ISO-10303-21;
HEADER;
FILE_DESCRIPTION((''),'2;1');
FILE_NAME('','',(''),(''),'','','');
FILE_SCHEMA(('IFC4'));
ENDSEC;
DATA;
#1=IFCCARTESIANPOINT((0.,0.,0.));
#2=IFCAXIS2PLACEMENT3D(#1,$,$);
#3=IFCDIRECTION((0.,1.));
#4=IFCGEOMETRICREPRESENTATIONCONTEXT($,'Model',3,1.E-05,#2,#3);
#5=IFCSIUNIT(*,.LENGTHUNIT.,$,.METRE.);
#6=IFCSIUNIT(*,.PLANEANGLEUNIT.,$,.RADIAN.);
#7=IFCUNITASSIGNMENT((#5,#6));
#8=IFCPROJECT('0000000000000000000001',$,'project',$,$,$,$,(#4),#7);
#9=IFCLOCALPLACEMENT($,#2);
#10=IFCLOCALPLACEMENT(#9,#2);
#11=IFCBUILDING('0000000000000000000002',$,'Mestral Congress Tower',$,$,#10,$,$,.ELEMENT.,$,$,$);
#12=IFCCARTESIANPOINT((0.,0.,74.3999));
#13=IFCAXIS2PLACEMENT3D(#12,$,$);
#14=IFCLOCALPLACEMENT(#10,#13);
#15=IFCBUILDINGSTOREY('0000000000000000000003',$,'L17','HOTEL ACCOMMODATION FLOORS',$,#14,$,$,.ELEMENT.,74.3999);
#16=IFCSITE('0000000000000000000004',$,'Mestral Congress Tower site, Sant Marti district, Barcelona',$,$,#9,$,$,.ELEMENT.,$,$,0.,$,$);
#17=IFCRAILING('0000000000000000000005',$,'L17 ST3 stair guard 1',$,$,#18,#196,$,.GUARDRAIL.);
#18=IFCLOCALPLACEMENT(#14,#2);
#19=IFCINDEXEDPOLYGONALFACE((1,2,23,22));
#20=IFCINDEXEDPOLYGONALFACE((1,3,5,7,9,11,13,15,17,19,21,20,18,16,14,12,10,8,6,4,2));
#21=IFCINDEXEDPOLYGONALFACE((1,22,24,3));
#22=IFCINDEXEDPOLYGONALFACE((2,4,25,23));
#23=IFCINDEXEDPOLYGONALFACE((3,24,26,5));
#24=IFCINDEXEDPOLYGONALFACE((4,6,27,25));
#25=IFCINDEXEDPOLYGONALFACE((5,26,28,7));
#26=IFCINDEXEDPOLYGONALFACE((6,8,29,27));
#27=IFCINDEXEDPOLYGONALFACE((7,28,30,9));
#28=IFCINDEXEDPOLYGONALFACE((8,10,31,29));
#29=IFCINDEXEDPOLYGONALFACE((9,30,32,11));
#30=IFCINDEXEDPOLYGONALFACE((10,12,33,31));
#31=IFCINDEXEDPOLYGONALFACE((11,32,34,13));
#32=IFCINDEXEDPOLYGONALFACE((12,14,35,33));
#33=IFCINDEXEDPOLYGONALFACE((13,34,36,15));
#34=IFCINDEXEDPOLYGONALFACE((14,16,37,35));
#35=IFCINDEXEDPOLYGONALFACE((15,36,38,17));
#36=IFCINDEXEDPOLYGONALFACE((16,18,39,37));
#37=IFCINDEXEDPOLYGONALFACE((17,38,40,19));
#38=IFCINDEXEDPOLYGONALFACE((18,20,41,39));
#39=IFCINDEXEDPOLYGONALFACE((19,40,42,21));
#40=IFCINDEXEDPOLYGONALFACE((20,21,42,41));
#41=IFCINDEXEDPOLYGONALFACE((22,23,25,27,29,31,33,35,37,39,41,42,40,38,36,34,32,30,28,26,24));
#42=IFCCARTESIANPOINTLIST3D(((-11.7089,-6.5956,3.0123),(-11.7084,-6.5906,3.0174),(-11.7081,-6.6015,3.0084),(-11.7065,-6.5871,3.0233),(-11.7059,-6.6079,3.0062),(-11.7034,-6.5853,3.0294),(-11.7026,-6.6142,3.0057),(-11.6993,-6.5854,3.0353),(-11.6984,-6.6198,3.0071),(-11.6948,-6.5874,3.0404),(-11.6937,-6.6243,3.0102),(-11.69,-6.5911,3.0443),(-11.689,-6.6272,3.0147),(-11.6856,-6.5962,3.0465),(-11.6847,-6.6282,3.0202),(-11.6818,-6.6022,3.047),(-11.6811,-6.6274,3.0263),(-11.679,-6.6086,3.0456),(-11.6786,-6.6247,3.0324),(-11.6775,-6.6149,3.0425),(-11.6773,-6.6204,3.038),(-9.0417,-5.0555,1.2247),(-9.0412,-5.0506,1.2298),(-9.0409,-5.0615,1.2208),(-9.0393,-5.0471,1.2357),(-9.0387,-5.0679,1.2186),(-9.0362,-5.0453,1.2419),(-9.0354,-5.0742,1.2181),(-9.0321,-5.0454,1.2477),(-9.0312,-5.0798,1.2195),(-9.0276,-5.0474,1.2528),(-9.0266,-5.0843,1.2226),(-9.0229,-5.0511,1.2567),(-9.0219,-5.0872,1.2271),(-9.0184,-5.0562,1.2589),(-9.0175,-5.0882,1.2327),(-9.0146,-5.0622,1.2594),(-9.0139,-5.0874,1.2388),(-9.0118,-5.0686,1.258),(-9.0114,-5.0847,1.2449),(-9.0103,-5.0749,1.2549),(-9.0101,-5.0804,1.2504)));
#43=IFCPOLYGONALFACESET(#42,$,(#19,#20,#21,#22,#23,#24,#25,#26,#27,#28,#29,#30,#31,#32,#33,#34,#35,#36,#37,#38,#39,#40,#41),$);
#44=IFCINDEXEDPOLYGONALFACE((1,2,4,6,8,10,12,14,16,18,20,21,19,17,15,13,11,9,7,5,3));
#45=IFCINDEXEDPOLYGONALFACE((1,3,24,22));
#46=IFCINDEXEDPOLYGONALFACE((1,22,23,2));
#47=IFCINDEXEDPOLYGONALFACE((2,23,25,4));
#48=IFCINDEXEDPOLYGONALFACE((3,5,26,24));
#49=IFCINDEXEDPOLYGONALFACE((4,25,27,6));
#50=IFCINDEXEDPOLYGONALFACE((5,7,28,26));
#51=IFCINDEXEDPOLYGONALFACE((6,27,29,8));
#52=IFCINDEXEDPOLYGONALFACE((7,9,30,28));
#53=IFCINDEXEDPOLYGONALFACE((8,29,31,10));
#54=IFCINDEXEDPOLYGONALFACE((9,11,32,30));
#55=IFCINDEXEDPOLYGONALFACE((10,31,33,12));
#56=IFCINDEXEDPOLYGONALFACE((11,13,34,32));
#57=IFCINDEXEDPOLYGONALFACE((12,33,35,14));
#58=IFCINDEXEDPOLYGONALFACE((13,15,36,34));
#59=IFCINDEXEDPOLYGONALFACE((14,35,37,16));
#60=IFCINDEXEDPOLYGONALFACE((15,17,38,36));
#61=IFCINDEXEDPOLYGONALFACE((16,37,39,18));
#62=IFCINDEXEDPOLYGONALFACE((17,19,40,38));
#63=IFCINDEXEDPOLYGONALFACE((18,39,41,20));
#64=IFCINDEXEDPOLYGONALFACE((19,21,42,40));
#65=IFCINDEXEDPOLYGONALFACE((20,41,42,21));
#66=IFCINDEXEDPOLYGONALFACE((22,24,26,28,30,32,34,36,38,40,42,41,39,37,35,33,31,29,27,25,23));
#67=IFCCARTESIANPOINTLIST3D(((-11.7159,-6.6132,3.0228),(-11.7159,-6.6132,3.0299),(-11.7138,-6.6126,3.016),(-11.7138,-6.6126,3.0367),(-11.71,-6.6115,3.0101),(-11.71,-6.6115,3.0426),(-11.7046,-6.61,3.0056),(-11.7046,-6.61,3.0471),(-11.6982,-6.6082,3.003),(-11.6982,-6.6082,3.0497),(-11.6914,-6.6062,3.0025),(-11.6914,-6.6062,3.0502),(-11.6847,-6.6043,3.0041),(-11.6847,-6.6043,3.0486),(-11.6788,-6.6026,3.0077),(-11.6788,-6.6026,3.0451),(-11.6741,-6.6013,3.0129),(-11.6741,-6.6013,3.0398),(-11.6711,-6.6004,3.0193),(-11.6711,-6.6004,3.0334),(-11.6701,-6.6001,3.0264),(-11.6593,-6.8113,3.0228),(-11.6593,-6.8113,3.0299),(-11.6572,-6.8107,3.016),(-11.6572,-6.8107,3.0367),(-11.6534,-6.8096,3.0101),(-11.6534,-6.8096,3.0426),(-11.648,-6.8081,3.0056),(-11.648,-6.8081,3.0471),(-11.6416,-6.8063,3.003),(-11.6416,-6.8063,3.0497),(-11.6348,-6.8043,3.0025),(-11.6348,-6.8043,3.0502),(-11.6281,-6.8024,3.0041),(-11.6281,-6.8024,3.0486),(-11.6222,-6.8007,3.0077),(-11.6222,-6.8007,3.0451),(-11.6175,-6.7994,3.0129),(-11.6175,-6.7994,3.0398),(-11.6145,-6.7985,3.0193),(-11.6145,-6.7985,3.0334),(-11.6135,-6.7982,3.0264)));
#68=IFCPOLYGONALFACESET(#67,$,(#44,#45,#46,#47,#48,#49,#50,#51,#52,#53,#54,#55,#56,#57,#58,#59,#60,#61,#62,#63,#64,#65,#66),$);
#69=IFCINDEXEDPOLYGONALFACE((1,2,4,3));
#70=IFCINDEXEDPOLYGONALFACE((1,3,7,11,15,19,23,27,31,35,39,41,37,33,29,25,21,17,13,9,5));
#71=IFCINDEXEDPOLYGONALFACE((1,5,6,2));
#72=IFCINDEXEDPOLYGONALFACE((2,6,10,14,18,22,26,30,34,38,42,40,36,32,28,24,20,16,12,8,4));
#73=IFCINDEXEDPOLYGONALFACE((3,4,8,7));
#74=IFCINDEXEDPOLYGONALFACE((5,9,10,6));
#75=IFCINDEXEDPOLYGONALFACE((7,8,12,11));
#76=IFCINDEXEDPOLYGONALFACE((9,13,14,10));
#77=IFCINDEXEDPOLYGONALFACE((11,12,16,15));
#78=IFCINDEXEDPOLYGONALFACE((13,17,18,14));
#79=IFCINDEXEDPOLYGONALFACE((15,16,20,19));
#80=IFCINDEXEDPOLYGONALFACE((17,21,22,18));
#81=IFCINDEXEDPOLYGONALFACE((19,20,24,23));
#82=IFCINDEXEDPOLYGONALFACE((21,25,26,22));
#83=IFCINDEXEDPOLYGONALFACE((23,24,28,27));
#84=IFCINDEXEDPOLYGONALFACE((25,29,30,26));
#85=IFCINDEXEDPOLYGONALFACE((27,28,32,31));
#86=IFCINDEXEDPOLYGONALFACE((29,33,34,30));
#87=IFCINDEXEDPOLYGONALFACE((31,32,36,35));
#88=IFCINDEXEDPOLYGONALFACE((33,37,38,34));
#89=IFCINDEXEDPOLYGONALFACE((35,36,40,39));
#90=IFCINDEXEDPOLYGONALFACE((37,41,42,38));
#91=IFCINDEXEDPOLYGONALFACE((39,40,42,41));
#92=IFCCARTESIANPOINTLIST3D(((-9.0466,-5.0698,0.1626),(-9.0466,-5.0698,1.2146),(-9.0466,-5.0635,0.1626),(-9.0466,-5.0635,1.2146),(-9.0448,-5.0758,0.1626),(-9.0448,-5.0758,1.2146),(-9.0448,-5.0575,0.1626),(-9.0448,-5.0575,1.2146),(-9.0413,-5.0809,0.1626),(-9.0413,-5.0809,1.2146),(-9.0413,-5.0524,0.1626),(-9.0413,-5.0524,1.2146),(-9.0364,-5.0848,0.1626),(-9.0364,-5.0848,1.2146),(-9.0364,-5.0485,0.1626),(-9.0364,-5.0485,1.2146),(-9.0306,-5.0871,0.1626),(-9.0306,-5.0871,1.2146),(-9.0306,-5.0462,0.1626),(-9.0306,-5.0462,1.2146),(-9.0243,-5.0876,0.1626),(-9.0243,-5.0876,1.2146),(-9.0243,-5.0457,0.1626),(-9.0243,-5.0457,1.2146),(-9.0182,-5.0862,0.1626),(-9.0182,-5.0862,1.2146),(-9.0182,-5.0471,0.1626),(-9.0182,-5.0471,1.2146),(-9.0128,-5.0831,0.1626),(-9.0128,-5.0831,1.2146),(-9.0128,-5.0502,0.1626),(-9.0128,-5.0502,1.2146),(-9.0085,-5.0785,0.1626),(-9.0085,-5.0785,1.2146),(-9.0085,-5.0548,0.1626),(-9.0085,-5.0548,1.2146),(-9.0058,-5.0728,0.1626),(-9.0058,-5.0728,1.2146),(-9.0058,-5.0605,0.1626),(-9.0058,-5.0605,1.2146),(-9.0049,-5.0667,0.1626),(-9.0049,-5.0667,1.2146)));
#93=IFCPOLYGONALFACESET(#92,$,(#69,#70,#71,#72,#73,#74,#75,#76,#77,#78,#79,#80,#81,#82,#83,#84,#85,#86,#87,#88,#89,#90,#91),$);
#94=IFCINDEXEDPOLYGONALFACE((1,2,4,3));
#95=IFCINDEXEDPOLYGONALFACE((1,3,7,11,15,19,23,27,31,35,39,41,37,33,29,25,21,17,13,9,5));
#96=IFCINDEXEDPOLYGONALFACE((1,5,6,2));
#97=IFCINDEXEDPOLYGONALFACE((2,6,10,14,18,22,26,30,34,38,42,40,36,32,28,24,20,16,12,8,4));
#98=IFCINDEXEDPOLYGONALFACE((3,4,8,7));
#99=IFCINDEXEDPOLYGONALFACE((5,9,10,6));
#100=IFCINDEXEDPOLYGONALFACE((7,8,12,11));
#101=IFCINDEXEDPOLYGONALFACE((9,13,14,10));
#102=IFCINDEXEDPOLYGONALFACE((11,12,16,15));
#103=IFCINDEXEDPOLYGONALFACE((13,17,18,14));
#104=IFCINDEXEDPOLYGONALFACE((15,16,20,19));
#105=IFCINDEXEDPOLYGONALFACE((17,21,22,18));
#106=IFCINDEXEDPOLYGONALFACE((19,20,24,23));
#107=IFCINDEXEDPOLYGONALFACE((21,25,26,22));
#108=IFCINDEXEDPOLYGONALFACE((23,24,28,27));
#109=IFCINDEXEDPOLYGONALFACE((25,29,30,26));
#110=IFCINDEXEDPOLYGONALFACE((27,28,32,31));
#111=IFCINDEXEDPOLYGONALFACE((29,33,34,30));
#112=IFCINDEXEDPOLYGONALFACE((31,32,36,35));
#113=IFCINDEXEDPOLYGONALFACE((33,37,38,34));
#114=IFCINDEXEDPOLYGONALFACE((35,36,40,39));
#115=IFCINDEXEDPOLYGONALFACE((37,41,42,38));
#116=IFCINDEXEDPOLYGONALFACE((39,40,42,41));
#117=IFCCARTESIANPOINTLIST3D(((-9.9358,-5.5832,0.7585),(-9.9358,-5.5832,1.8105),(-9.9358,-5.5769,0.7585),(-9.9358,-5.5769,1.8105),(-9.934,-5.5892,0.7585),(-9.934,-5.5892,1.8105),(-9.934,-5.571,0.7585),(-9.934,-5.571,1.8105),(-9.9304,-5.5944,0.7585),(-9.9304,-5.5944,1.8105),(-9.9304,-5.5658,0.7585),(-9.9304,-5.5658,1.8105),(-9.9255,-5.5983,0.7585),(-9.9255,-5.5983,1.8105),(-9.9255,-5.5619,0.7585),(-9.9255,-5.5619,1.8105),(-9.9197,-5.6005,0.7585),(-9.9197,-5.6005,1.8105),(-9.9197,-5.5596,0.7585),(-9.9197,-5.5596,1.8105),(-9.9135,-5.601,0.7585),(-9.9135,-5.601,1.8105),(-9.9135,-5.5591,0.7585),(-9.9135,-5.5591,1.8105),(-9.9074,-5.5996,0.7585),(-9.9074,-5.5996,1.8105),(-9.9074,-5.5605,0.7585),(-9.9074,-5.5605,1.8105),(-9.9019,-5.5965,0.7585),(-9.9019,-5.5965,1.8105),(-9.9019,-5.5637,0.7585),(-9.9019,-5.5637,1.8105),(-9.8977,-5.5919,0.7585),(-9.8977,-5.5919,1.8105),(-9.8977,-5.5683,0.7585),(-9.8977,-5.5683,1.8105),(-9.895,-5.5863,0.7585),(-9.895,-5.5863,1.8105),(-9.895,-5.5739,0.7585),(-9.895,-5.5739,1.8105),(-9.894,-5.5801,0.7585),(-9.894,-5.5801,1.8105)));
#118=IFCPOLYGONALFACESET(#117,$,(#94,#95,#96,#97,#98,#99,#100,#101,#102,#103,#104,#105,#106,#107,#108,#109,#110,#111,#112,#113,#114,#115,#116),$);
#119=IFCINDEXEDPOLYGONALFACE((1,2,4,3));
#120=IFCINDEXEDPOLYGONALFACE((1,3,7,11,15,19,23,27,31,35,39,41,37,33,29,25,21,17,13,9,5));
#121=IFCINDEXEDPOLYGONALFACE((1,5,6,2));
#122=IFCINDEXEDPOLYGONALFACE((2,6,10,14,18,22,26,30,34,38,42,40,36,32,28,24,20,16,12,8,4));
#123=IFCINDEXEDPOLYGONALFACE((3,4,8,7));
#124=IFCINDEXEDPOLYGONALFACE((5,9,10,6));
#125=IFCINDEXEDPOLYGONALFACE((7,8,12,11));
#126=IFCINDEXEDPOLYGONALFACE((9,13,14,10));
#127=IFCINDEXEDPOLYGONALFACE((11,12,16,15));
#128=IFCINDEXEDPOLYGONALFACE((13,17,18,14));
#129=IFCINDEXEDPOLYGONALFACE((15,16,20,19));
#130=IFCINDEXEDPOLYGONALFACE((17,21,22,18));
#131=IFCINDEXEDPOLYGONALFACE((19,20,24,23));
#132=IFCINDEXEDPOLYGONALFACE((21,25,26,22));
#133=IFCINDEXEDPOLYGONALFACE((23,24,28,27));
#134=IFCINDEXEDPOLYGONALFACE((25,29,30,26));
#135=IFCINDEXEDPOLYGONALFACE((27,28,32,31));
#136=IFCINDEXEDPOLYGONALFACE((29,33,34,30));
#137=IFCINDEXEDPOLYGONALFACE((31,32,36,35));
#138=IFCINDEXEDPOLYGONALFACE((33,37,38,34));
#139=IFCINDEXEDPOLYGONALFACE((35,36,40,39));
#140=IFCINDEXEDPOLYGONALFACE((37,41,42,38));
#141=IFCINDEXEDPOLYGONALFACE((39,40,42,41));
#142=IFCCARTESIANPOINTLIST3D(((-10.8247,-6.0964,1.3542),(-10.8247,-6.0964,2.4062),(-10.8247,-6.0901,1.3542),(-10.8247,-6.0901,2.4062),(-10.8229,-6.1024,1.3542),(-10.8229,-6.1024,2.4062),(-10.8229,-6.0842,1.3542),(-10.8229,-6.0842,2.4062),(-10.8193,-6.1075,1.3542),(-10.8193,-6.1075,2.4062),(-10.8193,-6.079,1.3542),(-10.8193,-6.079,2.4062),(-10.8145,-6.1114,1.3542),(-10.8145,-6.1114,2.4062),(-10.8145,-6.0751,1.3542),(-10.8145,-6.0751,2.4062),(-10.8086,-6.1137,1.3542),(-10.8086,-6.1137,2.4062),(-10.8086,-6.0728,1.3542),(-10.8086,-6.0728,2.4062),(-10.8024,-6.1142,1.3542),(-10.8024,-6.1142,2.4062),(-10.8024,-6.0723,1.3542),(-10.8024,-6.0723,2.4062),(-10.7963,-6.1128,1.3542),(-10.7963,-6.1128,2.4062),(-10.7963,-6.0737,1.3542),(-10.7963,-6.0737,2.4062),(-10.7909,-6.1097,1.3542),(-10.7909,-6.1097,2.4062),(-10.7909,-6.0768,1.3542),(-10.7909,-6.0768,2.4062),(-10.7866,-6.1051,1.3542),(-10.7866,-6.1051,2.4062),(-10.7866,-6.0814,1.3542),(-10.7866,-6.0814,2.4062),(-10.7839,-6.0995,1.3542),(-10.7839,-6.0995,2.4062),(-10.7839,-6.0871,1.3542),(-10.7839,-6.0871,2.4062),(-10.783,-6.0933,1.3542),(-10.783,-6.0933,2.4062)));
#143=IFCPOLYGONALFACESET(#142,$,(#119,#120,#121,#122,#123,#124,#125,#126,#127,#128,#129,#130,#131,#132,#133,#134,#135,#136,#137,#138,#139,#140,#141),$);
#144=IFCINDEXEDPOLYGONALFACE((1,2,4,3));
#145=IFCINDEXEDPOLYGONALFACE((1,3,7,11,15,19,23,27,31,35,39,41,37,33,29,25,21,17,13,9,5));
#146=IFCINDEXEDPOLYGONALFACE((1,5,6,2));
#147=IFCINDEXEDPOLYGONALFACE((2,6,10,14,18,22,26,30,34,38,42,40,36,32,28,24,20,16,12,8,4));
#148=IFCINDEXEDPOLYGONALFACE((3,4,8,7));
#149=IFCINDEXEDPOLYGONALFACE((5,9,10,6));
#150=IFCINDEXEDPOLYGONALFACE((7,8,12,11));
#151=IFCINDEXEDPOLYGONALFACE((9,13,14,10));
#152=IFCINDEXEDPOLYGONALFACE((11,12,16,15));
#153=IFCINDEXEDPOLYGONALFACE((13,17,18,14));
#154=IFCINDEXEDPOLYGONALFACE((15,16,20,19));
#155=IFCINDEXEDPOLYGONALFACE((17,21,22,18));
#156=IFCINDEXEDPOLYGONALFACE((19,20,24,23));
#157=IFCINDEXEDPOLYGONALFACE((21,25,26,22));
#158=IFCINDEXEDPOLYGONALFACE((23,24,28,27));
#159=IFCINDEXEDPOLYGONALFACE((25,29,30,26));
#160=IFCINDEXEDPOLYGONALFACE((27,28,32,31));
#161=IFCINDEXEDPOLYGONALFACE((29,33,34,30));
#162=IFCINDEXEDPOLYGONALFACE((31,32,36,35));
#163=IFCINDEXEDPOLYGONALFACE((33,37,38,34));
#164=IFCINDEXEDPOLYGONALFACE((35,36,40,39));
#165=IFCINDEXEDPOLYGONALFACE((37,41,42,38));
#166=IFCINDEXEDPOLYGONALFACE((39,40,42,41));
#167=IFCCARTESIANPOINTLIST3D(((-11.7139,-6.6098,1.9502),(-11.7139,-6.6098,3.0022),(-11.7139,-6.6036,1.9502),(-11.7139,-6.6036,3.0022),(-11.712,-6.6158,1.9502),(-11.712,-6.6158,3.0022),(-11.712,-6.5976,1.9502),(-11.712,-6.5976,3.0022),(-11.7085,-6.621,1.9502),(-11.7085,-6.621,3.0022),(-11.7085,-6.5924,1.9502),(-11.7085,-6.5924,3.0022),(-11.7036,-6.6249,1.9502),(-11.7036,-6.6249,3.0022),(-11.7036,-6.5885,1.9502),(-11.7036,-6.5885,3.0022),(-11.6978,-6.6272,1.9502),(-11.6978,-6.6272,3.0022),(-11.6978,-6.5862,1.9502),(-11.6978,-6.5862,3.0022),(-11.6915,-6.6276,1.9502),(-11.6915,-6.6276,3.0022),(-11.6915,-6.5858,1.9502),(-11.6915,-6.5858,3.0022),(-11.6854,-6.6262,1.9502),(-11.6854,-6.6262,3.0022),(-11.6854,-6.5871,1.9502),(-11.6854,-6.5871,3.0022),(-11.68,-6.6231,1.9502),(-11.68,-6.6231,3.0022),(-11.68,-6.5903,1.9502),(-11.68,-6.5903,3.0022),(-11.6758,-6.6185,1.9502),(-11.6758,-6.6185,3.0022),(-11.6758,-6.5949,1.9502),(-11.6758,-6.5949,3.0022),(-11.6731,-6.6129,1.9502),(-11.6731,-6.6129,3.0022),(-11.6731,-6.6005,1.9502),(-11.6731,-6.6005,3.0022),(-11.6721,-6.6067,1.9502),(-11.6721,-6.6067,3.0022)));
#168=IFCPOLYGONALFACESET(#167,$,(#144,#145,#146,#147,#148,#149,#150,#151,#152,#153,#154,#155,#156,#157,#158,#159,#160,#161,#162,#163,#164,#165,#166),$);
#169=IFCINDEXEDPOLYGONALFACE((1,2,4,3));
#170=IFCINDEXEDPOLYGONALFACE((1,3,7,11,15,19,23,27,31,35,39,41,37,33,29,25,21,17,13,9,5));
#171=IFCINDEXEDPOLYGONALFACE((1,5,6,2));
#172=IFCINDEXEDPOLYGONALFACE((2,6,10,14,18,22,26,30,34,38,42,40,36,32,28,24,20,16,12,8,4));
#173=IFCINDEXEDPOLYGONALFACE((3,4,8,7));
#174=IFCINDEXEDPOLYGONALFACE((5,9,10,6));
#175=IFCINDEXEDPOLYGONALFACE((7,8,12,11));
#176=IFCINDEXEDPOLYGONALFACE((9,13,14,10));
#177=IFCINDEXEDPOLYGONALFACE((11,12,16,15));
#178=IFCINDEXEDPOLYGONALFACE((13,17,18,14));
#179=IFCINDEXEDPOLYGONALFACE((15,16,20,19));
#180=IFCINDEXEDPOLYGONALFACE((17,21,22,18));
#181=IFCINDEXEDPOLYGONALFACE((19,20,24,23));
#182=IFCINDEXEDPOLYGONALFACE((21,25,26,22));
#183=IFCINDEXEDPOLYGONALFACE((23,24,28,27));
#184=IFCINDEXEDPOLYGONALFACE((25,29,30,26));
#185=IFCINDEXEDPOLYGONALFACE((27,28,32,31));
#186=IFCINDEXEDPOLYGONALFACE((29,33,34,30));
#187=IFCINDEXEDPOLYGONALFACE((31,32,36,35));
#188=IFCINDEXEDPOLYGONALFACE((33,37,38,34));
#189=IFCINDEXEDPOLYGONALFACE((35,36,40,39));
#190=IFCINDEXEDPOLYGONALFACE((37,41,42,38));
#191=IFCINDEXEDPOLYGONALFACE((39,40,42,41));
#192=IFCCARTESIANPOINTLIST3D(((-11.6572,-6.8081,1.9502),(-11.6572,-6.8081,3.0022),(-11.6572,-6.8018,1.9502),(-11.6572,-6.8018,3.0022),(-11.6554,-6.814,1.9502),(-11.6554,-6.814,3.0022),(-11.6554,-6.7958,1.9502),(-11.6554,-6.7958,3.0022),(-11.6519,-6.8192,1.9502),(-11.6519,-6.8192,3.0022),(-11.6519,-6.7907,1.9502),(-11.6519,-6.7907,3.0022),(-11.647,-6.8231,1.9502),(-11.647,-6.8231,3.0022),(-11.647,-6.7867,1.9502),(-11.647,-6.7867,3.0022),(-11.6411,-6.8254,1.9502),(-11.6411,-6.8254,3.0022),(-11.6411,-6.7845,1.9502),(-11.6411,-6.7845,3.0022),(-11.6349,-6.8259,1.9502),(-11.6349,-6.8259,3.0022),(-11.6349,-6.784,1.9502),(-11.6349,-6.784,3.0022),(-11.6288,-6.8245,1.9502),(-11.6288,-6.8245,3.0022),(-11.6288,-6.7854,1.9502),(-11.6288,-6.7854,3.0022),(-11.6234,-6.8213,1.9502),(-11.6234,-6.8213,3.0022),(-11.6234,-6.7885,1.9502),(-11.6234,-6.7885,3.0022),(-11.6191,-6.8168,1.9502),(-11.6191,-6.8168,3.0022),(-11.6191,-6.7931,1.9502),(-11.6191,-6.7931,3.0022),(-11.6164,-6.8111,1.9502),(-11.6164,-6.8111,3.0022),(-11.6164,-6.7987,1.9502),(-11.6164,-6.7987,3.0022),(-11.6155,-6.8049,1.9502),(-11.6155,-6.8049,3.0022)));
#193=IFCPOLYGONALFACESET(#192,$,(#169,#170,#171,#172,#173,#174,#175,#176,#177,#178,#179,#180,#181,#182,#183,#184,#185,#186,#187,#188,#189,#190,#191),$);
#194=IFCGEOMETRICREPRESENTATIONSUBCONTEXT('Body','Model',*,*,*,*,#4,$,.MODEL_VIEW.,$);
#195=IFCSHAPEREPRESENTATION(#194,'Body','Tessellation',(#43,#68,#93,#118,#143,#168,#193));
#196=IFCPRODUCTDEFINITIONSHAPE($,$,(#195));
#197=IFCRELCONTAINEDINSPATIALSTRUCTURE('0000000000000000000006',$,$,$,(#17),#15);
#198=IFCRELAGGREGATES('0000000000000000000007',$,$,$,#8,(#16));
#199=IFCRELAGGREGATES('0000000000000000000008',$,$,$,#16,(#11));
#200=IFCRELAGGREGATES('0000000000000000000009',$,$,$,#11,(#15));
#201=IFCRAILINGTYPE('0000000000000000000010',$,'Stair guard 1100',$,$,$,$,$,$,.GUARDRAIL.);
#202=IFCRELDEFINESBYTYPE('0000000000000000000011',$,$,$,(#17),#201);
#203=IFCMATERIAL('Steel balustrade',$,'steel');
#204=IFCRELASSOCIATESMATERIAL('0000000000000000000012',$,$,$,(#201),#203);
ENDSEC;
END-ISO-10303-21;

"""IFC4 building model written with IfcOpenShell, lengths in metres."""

from ifc_helpers import new_model, si_unit, direction, frame, origin, origin_2d, place, context, subcontext, project, spatial, circle, extrude, material, type_object, element, save


model = new_model("IFC4")

# Units and contexts
model_context = context("Model", 3, precision=1e-05, world=origin(), true_north=direction((0.0, 1.0)))
body_context = subcontext(model_context, "Body", "Model", "MODEL_VIEW")
ifc_project = project(units=[si_unit("LENGTHUNIT", "METRE"), si_unit("PLANEANGLEUNIT", "RADIAN")], contexts=[model_context])

# Site, building, storey
site_placement = place(None, origin())
site = spatial("IfcSite", under=ifc_project, at=site_placement, Name="Mestral Congress Tower site, Sant Marti district, Barcelona", CompositionType="ELEMENT", RefElevation=0.0)
building_placement = place(site_placement, origin())
building = spatial("IfcBuilding", under=site, at=building_placement, Name="Mestral Congress Tower", CompositionType="ELEMENT")
storey_placement = place(building_placement, frame((0.0, 0.0, 74.3999)))
storey = spatial("IfcBuildingStorey", under=building, at=storey_placement, Name="L17", Description="HOTEL ACCOMMODATION FLOORS", CompositionType="ELEMENT", Elevation=74.3999)

# Railing
ifc_material_1 = material(Name="Steel balustrade", Category="steel")
railing_type_1 = type_object("IfcRailingType", Name="Stair guard 1100", PredefinedType="GUARDRAIL", material=ifc_material_1)
railing_1_placement = place(storey_placement, frame((-9.0259, -5.0667, 0.1626)))
element("IfcRailing", 1, at=railing_1_placement, inside=storey, type_object=railing_type_1, Name="L17 ST3 stair guard 1", PredefinedType="GUARDRAIL", context=body_context, shape_type="SweptSolid", body=[
    extrude(circle(Radius=0.0239, at=origin_2d()), frame((0.0, 0.0, 1.0762), z_axis=(-0.748994, -0.432463, 0.50198), x_axis=(0.500027, -0.86601, 0.0)), (0.0, 0.0, 1.0), 3.561),
    extrude(circle(Radius=0.0239, at=origin_2d()), frame((-2.6672, -1.54, 2.8638), z_axis=(0.274721, -0.961524, 0.0), x_axis=(0.961524, 0.274721, 0.0)), (0.0, 0.0, 1.0), 0.2061),
    extrude(circle(Radius=0.021, at=origin_2d()), origin(), (0.0, 0.0, 1.0), 1.052),
    extrude(circle(Radius=0.021, at=origin_2d()), frame((-0.8892, -0.5134, 0.5959)), (0.0, 0.0, 1.0), 1.052),
    extrude(circle(Radius=0.021, at=origin_2d()), frame((-1.7781, -1.0266, 1.1917)), (0.0, 0.0, 1.0), 1.052),
    extrude(circle(Radius=0.021, at=origin_2d()), frame((-2.6672, -1.54, 1.7876)), (0.0, 0.0, 1.0), 1.052),
    extrude(circle(Radius=0.021, at=origin_2d()), frame((-2.6106, -1.7383, 1.7876)), (0.0, 0.0, 1.0), 1.052),
])

save(model, "model.ifc")
